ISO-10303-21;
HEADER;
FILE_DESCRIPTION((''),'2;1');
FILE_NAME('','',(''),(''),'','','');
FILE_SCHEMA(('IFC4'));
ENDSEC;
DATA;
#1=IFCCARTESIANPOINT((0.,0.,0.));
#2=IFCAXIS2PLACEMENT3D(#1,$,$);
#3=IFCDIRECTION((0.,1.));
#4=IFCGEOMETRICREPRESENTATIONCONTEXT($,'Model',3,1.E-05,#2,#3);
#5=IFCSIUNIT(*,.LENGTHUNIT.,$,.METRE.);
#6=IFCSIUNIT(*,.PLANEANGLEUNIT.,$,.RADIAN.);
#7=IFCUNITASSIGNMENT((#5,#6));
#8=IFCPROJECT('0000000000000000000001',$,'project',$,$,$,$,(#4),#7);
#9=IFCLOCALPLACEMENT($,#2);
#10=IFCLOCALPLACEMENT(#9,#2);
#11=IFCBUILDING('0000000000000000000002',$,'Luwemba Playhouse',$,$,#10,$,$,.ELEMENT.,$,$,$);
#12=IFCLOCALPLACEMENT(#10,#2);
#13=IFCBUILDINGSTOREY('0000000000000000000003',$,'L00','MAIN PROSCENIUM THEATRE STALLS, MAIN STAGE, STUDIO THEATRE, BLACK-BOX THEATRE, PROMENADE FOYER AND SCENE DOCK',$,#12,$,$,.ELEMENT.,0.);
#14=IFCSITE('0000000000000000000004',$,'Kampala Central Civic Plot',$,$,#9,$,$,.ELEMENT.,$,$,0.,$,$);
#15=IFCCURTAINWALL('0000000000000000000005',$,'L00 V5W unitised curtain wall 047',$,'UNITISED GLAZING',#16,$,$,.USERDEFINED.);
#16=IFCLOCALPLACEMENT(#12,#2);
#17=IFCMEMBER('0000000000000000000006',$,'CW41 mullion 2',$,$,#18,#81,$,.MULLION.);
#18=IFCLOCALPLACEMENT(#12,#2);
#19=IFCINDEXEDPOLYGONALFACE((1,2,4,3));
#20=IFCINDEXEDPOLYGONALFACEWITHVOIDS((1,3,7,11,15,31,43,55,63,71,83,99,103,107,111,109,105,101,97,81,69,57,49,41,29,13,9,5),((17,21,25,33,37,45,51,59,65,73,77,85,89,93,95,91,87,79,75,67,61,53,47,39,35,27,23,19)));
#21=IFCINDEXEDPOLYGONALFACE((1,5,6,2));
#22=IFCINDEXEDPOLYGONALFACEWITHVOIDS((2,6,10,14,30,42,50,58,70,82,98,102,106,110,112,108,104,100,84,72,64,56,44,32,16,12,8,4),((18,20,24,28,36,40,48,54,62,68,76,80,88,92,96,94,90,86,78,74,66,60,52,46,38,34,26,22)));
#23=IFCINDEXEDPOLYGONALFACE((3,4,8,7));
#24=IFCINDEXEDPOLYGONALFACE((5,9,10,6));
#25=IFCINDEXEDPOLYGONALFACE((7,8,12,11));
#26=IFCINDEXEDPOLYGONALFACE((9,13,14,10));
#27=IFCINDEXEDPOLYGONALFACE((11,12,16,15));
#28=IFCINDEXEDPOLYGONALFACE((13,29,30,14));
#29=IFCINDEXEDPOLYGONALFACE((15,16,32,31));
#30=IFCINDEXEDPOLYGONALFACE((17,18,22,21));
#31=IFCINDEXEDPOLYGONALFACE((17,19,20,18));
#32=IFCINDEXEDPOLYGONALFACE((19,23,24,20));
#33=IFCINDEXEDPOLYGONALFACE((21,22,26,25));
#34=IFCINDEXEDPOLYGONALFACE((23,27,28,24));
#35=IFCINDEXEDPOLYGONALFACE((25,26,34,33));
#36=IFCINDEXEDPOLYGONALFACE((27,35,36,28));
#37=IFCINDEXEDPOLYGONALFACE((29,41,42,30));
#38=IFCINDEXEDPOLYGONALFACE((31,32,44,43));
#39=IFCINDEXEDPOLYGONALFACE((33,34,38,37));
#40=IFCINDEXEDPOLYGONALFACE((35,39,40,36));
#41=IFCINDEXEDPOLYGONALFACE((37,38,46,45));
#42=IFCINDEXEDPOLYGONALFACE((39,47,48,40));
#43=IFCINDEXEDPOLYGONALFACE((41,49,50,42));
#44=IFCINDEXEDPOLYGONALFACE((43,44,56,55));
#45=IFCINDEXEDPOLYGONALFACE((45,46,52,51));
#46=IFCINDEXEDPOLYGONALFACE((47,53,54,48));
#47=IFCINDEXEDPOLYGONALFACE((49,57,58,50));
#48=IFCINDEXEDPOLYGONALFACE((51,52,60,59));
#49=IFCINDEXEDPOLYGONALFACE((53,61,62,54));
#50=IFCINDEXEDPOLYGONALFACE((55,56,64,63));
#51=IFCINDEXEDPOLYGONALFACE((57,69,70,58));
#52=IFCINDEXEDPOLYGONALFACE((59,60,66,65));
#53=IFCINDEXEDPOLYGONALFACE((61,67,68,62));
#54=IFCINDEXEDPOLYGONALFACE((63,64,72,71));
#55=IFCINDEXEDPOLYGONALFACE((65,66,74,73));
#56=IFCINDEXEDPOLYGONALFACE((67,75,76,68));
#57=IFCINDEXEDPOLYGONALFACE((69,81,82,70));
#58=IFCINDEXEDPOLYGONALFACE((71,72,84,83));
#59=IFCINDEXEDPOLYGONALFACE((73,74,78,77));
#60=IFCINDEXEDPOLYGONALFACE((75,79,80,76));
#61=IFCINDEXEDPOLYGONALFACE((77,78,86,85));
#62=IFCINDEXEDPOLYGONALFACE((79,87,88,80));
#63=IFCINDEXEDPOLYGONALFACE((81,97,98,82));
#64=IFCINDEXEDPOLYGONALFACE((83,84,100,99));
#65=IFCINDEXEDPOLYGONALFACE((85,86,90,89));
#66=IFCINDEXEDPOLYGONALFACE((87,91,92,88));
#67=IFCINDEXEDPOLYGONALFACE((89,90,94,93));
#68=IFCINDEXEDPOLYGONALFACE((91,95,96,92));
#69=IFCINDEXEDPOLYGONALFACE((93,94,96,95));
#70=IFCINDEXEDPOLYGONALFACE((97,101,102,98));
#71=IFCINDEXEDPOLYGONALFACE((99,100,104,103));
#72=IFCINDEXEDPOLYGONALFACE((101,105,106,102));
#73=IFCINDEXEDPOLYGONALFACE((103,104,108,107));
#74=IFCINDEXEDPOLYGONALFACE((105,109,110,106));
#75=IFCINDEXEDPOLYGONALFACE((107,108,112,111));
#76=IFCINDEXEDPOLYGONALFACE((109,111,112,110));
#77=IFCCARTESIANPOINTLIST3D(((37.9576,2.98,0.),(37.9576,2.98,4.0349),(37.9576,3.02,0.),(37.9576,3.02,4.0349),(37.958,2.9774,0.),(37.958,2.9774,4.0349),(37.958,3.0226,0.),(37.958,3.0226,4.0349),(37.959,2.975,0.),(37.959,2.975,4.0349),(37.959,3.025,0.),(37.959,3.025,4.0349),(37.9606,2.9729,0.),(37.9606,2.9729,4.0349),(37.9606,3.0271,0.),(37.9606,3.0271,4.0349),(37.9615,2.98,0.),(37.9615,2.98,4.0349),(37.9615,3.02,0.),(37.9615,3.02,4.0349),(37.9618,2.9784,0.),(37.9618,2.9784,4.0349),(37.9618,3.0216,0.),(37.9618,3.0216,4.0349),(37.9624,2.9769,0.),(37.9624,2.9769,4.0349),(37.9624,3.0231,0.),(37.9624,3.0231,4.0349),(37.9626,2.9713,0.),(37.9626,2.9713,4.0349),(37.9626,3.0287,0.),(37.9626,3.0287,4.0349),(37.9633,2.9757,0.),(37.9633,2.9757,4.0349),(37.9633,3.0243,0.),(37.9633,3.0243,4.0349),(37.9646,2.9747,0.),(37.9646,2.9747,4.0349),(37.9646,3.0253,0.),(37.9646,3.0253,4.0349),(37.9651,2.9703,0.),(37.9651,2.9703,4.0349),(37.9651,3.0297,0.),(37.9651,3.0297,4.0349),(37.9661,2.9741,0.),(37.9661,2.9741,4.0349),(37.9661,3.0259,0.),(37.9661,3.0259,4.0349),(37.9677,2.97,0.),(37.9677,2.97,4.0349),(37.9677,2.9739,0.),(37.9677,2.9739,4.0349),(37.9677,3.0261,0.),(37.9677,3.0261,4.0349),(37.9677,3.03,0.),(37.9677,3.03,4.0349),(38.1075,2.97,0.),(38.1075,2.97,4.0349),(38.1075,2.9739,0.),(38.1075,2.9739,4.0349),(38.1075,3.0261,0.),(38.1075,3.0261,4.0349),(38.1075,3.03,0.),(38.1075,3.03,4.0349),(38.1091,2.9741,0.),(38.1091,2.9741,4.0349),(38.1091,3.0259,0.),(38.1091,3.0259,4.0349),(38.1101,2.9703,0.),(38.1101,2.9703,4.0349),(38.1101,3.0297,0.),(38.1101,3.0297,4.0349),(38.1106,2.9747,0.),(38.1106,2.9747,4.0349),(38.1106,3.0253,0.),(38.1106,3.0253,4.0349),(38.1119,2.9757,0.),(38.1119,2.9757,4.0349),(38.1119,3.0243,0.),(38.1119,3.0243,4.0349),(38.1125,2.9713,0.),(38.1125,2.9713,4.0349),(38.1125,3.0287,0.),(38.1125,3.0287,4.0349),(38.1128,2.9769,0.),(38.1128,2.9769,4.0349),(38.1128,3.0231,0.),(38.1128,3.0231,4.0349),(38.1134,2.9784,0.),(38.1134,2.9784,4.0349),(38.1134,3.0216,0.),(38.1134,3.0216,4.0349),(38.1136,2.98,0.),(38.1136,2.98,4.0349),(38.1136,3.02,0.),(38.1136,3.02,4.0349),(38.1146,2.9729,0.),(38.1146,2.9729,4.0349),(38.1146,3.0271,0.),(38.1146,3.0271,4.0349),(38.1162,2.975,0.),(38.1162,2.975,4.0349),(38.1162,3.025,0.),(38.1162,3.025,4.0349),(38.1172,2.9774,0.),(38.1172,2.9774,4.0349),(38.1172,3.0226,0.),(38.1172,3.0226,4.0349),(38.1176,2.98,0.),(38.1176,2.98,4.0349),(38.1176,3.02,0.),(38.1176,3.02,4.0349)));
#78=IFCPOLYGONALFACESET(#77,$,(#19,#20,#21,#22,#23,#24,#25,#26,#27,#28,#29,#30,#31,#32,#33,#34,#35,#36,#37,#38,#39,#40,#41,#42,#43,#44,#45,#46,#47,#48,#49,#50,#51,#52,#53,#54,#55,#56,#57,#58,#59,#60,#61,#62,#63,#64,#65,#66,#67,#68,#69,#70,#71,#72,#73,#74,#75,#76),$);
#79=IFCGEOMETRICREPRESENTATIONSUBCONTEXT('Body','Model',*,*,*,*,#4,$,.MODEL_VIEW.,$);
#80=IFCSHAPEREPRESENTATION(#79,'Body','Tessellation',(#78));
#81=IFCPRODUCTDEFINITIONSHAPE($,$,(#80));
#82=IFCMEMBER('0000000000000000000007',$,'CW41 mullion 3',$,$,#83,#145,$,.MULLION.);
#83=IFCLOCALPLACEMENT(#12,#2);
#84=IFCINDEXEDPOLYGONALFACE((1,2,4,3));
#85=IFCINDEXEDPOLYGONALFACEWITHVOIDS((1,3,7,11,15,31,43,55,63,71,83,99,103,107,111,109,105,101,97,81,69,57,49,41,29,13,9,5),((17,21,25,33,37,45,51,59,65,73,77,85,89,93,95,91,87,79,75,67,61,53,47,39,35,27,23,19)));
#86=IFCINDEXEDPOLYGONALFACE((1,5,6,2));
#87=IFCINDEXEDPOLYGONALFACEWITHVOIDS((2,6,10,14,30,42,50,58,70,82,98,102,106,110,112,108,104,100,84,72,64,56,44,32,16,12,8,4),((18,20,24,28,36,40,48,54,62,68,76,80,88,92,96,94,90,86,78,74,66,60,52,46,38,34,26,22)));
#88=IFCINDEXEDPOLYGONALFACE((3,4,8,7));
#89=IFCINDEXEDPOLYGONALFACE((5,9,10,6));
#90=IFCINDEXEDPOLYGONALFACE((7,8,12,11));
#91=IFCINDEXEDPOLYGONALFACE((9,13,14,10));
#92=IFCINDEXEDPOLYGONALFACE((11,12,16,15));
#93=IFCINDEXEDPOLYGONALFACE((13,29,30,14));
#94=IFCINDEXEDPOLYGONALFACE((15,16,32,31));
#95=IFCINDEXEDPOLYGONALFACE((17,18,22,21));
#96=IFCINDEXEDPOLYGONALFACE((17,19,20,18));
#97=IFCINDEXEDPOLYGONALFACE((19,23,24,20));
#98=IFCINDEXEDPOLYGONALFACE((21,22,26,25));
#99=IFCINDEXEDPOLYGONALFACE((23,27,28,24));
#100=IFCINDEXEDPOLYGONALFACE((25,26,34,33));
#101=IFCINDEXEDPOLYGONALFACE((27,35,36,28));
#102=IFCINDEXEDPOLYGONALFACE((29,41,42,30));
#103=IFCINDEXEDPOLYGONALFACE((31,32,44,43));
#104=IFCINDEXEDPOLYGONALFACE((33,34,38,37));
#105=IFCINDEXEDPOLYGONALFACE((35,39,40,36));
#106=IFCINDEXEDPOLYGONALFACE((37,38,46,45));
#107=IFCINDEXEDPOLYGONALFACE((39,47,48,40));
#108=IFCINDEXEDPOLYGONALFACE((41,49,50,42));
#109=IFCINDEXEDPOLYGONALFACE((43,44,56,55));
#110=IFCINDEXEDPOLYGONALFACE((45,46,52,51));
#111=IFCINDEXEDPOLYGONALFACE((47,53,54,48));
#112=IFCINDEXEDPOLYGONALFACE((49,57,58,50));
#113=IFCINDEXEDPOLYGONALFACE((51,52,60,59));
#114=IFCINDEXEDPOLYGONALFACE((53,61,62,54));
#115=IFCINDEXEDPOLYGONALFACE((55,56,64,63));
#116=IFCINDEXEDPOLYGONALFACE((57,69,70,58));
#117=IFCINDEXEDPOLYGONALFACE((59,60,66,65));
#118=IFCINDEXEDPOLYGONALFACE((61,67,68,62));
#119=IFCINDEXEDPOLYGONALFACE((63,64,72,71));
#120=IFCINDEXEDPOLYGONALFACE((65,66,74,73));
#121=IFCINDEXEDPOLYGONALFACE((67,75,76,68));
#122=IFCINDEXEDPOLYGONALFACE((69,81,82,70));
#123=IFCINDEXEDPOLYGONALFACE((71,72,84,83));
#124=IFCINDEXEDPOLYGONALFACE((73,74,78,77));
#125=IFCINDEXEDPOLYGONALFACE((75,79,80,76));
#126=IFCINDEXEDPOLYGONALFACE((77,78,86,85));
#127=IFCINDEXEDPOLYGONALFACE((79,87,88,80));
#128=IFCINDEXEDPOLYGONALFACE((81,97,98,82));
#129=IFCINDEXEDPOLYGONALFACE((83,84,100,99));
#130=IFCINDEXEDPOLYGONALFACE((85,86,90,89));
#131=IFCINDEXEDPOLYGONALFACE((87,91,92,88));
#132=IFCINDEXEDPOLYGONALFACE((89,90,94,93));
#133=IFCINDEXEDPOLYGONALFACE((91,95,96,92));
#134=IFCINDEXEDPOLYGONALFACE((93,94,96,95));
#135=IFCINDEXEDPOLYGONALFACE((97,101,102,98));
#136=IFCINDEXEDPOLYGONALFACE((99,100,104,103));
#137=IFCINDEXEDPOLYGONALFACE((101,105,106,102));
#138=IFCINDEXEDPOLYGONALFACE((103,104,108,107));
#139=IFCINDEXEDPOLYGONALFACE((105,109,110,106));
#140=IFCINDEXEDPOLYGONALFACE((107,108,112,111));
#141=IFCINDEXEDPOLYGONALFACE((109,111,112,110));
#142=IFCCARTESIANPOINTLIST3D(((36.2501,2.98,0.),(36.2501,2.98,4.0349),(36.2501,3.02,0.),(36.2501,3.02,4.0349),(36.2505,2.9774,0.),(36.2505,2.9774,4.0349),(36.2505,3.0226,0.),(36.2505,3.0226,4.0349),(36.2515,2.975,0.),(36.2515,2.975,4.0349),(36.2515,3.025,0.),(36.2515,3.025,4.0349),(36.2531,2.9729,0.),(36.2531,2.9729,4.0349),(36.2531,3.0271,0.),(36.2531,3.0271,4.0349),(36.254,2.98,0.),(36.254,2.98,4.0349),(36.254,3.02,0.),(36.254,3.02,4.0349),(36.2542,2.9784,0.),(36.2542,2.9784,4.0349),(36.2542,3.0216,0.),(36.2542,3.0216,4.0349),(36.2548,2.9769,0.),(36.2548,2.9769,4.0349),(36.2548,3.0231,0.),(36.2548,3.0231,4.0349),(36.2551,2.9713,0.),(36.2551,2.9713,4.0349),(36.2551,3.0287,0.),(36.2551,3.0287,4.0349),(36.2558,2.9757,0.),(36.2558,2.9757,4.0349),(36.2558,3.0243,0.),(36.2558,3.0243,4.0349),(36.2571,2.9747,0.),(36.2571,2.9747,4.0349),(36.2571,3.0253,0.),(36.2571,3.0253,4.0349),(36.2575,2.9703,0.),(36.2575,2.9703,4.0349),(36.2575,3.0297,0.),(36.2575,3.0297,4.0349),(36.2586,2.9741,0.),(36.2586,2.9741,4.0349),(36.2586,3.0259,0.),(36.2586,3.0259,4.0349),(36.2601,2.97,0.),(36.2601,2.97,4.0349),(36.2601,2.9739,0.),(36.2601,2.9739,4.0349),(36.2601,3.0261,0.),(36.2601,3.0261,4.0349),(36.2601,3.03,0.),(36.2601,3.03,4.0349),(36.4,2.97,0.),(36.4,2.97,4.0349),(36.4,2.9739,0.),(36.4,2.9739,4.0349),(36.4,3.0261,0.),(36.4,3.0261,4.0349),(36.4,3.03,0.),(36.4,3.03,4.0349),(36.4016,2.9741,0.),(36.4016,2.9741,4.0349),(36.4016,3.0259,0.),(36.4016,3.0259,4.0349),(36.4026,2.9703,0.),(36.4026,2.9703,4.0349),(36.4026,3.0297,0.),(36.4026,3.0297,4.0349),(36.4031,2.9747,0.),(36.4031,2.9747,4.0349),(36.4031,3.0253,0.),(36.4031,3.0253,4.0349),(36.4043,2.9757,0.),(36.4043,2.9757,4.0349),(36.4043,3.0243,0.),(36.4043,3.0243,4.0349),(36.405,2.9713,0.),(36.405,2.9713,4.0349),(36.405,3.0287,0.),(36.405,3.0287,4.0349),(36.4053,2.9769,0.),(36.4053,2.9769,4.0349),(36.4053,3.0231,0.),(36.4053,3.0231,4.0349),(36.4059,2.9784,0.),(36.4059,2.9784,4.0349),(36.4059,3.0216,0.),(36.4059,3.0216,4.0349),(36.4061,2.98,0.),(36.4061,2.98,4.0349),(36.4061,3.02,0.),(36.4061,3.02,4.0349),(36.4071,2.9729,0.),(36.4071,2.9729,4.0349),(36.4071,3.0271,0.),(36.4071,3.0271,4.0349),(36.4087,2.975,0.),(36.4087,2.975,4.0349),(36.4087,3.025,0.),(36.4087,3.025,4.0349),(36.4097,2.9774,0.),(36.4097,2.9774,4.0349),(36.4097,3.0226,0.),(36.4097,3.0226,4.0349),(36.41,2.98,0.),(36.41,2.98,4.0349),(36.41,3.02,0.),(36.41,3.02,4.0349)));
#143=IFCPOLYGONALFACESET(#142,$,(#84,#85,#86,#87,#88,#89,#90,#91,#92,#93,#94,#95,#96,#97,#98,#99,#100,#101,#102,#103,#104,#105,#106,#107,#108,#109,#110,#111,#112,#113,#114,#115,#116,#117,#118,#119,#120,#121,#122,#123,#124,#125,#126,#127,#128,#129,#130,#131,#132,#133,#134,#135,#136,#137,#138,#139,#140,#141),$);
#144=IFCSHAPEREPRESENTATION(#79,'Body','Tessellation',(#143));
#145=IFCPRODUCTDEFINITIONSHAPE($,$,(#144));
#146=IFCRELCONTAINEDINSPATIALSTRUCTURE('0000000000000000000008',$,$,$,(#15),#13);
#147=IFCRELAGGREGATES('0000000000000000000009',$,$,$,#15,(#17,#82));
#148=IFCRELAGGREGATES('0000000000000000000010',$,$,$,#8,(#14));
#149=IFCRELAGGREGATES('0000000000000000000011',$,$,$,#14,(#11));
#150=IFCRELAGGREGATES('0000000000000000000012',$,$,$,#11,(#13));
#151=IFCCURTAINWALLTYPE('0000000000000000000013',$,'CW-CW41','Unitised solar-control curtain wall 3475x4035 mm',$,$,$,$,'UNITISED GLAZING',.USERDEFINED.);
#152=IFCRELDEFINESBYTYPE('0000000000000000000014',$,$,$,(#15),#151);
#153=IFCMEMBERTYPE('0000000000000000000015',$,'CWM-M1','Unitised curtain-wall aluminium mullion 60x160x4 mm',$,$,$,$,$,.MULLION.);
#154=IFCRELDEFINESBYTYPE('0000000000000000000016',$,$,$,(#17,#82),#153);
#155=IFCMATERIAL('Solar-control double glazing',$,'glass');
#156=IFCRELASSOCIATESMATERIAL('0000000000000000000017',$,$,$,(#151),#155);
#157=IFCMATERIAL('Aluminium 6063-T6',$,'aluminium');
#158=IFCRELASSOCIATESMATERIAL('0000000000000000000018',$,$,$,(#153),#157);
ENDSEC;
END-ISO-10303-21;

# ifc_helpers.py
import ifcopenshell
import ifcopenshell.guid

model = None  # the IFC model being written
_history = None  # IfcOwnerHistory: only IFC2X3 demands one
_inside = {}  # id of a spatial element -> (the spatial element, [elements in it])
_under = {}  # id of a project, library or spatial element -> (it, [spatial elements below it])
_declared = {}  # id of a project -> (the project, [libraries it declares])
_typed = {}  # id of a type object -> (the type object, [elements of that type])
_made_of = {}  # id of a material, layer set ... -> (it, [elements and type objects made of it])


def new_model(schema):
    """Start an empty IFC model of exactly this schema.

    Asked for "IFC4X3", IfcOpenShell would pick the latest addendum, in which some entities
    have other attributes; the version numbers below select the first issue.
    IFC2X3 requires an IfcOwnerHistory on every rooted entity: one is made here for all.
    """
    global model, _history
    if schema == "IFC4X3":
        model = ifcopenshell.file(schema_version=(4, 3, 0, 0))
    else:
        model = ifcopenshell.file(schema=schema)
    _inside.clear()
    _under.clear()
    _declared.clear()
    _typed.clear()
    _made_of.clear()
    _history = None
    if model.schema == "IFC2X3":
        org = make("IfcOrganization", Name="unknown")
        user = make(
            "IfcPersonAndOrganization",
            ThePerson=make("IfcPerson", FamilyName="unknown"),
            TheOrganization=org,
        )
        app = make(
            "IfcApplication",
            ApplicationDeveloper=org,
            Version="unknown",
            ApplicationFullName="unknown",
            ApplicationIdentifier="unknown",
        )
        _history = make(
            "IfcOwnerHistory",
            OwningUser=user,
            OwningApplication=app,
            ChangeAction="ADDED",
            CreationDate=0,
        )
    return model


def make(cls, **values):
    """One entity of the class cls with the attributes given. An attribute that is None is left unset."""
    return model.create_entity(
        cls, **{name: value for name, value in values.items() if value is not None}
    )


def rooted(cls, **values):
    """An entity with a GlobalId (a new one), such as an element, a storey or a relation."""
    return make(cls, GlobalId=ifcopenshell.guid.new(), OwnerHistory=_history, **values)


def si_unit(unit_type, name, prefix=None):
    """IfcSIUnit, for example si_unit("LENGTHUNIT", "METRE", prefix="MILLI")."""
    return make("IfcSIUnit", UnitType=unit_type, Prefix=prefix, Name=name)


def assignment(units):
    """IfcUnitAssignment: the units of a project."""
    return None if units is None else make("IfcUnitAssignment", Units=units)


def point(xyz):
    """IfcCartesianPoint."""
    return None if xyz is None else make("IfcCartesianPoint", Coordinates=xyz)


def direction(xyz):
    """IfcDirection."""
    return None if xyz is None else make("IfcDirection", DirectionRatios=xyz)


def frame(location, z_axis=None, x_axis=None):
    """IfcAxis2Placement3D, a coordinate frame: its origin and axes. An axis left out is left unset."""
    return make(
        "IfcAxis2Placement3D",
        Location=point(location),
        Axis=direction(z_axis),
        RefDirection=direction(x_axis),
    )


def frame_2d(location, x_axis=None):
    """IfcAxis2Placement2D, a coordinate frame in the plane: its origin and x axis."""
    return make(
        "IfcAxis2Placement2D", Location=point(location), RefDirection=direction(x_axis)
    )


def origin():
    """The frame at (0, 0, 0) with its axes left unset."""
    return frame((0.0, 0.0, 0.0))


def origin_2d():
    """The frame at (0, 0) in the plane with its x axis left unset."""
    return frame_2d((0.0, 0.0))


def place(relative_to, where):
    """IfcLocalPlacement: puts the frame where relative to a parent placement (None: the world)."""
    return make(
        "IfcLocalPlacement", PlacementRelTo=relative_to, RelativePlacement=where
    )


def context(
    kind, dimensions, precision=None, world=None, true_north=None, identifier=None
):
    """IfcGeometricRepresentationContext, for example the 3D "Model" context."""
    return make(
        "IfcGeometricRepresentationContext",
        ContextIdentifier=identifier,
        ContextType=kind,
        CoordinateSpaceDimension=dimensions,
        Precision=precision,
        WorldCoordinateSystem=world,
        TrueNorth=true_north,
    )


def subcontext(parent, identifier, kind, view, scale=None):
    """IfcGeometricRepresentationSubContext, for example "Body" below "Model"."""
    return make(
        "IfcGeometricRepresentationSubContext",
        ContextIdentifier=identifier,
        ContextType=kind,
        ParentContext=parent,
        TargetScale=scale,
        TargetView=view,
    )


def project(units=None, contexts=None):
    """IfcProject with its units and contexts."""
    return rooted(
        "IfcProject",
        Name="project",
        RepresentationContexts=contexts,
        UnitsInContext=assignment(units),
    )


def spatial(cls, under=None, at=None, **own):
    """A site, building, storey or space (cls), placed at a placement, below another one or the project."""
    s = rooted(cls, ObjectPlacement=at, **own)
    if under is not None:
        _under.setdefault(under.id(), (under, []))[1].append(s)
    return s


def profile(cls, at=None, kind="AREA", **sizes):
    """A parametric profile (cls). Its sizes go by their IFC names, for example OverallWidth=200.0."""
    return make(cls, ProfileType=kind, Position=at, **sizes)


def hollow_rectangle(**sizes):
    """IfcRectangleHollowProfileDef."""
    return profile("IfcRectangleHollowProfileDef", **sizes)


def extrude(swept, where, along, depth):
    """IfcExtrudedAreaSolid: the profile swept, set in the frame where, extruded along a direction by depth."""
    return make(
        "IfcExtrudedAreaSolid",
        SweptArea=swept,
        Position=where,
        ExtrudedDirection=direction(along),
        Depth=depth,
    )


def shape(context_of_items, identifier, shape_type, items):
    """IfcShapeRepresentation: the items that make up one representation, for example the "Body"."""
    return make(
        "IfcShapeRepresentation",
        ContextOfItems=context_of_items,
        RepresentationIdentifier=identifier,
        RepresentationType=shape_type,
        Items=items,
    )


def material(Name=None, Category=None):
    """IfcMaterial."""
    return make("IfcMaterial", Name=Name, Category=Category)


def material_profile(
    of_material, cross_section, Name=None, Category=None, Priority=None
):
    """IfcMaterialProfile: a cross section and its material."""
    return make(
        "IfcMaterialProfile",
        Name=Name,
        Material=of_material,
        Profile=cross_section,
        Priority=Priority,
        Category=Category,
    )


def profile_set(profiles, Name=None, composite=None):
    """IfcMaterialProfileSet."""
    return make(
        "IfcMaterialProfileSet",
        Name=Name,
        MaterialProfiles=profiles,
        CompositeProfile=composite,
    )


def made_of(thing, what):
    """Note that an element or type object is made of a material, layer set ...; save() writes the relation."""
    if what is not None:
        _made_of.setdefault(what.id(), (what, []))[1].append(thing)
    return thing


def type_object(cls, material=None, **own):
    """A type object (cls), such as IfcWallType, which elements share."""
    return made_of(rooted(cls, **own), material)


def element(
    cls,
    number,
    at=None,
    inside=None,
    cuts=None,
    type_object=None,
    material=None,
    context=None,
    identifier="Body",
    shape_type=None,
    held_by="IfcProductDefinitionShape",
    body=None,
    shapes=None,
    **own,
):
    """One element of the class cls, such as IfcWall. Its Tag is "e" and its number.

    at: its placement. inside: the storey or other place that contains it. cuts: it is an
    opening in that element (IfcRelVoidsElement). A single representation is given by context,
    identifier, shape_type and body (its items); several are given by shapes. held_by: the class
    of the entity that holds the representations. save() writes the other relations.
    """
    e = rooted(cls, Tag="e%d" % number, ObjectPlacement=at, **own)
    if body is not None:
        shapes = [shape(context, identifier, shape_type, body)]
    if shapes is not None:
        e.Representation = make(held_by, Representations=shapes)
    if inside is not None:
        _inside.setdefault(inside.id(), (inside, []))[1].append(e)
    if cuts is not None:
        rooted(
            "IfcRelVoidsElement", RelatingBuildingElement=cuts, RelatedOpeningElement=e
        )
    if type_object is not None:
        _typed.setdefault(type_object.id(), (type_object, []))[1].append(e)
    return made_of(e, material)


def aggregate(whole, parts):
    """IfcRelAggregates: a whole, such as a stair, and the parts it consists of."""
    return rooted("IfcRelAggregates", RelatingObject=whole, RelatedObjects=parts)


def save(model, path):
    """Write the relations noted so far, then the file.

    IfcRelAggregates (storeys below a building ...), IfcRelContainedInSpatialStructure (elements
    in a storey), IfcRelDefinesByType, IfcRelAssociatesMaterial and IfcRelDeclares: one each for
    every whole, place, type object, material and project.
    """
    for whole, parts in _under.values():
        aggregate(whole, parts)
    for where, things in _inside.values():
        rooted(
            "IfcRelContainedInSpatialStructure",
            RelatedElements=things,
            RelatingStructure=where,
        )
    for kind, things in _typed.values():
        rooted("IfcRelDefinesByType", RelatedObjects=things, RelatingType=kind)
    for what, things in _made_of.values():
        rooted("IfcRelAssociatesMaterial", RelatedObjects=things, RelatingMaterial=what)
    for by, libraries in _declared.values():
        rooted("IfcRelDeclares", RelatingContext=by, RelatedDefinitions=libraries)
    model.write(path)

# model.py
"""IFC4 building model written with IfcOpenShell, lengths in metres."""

from ifc_helpers import new_model, si_unit, direction, frame, origin, origin_2d, place, context, subcontext, project, spatial, hollow_rectangle, extrude, material, material_profile, profile_set, type_object, element, aggregate, save


model = new_model("IFC4")

# Units and contexts
model_context = context("Model", 3, precision=1e-05, world=origin(), true_north=direction((0.0, 1.0)))
body_context = subcontext(model_context, "Body", "Model", "MODEL_VIEW")
ifc_project = project(units=[si_unit("LENGTHUNIT", "METRE"), si_unit("PLANEANGLEUNIT", "RADIAN")], contexts=[model_context])

# Site, building, storey
site_placement = place(None, origin())
site = spatial("IfcSite", under=ifc_project, at=site_placement, Name="Kampala Central Civic Plot", CompositionType="ELEMENT", RefElevation=0.0)
building_placement = place(site_placement, origin())
building = spatial("IfcBuilding", under=site, at=building_placement, Name="Luwemba Playhouse", CompositionType="ELEMENT")
storey_placement = place(building_placement, origin())
storey = spatial("IfcBuildingStorey", under=building, at=storey_placement, Name="L00", Description="MAIN PROSCENIUM THEATRE STALLS, MAIN STAGE, STUDIO THEATRE, BLACK-BOX THEATRE, PROMENADE FOYER AND SCENE DOCK", CompositionType="ELEMENT", Elevation=0.0)

# Curtain wall, members
ifc_material_1 = material(Name="Solar-control double glazing", Category="glass")
curtain_wall_type_1 = type_object("IfcCurtainWallType", Name="CW-CW41", Description="Unitised solar-control curtain wall 3475x4035 mm", ElementType="UNITISED GLAZING", PredefinedType="USERDEFINED", material=ifc_material_1)
curtain_wall_1_placement = place(storey_placement, origin())
curtain_wall_1 = element("IfcCurtainWall", 1, at=curtain_wall_1_placement, inside=storey, type_object=curtain_wall_type_1, Name="L00 V5W unitised curtain wall 047", ObjectType="UNITISED GLAZING", PredefinedType="USERDEFINED")
ifc_material_2 = material(Name="Aluminium 6063-T6", Category="aluminium")
ifc_material_profile_1 = material_profile(ifc_material_2, hollow_rectangle(XDim=0.0601, YDim=0.1599, WallThickness=0.0039, InnerFilletRadius=0.0061, OuterFilletRadius=0.01, at=origin_2d()))
ifc_profile_set_1 = profile_set([ifc_material_profile_1], Name="Aluminium 6063-T6")
member_type_1 = type_object("IfcMemberType", Name="CWM-M1", Description="Unitised curtain-wall aluminium mullion 60x160x4 mm", PredefinedType="MULLION", material=ifc_profile_set_1)
member_1_placement = place(storey_placement, frame((38.0376, 3.0, 0.0), z_axis=(0.0, 0.0, 1.0), x_axis=(0.0, -1.0, 0.0)))
member_1 = element("IfcMember", 2, at=member_1_placement, type_object=member_type_1, Name="CW41 mullion 2", PredefinedType="MULLION", context=body_context, shape_type="SweptSolid", body=[
    extrude(hollow_rectangle(XDim=0.0601, YDim=0.1599, WallThickness=0.0039, InnerFilletRadius=0.0061, OuterFilletRadius=0.01, at=origin_2d()), origin(), (0.0, 0.0, 1.0), 4.0349),
])
member_2_placement = place(storey_placement, frame((36.3301, 3.0, 0.0), z_axis=(0.0, 0.0, 1.0), x_axis=(0.0, -1.0, 0.0)))
member_2 = element("IfcMember", 3, at=member_2_placement, type_object=member_type_1, Name="CW41 mullion 3", PredefinedType="MULLION", context=body_context, shape_type="SweptSolid", body=[
    extrude(hollow_rectangle(XDim=0.0601, YDim=0.1599, WallThickness=0.0039, InnerFilletRadius=0.0061, OuterFilletRadius=0.01, at=origin_2d()), origin(), (0.0, 0.0, 1.0), 4.0349),
])

aggregate(curtain_wall_1, [member_1, member_2])

save(model, "model.ifc")
